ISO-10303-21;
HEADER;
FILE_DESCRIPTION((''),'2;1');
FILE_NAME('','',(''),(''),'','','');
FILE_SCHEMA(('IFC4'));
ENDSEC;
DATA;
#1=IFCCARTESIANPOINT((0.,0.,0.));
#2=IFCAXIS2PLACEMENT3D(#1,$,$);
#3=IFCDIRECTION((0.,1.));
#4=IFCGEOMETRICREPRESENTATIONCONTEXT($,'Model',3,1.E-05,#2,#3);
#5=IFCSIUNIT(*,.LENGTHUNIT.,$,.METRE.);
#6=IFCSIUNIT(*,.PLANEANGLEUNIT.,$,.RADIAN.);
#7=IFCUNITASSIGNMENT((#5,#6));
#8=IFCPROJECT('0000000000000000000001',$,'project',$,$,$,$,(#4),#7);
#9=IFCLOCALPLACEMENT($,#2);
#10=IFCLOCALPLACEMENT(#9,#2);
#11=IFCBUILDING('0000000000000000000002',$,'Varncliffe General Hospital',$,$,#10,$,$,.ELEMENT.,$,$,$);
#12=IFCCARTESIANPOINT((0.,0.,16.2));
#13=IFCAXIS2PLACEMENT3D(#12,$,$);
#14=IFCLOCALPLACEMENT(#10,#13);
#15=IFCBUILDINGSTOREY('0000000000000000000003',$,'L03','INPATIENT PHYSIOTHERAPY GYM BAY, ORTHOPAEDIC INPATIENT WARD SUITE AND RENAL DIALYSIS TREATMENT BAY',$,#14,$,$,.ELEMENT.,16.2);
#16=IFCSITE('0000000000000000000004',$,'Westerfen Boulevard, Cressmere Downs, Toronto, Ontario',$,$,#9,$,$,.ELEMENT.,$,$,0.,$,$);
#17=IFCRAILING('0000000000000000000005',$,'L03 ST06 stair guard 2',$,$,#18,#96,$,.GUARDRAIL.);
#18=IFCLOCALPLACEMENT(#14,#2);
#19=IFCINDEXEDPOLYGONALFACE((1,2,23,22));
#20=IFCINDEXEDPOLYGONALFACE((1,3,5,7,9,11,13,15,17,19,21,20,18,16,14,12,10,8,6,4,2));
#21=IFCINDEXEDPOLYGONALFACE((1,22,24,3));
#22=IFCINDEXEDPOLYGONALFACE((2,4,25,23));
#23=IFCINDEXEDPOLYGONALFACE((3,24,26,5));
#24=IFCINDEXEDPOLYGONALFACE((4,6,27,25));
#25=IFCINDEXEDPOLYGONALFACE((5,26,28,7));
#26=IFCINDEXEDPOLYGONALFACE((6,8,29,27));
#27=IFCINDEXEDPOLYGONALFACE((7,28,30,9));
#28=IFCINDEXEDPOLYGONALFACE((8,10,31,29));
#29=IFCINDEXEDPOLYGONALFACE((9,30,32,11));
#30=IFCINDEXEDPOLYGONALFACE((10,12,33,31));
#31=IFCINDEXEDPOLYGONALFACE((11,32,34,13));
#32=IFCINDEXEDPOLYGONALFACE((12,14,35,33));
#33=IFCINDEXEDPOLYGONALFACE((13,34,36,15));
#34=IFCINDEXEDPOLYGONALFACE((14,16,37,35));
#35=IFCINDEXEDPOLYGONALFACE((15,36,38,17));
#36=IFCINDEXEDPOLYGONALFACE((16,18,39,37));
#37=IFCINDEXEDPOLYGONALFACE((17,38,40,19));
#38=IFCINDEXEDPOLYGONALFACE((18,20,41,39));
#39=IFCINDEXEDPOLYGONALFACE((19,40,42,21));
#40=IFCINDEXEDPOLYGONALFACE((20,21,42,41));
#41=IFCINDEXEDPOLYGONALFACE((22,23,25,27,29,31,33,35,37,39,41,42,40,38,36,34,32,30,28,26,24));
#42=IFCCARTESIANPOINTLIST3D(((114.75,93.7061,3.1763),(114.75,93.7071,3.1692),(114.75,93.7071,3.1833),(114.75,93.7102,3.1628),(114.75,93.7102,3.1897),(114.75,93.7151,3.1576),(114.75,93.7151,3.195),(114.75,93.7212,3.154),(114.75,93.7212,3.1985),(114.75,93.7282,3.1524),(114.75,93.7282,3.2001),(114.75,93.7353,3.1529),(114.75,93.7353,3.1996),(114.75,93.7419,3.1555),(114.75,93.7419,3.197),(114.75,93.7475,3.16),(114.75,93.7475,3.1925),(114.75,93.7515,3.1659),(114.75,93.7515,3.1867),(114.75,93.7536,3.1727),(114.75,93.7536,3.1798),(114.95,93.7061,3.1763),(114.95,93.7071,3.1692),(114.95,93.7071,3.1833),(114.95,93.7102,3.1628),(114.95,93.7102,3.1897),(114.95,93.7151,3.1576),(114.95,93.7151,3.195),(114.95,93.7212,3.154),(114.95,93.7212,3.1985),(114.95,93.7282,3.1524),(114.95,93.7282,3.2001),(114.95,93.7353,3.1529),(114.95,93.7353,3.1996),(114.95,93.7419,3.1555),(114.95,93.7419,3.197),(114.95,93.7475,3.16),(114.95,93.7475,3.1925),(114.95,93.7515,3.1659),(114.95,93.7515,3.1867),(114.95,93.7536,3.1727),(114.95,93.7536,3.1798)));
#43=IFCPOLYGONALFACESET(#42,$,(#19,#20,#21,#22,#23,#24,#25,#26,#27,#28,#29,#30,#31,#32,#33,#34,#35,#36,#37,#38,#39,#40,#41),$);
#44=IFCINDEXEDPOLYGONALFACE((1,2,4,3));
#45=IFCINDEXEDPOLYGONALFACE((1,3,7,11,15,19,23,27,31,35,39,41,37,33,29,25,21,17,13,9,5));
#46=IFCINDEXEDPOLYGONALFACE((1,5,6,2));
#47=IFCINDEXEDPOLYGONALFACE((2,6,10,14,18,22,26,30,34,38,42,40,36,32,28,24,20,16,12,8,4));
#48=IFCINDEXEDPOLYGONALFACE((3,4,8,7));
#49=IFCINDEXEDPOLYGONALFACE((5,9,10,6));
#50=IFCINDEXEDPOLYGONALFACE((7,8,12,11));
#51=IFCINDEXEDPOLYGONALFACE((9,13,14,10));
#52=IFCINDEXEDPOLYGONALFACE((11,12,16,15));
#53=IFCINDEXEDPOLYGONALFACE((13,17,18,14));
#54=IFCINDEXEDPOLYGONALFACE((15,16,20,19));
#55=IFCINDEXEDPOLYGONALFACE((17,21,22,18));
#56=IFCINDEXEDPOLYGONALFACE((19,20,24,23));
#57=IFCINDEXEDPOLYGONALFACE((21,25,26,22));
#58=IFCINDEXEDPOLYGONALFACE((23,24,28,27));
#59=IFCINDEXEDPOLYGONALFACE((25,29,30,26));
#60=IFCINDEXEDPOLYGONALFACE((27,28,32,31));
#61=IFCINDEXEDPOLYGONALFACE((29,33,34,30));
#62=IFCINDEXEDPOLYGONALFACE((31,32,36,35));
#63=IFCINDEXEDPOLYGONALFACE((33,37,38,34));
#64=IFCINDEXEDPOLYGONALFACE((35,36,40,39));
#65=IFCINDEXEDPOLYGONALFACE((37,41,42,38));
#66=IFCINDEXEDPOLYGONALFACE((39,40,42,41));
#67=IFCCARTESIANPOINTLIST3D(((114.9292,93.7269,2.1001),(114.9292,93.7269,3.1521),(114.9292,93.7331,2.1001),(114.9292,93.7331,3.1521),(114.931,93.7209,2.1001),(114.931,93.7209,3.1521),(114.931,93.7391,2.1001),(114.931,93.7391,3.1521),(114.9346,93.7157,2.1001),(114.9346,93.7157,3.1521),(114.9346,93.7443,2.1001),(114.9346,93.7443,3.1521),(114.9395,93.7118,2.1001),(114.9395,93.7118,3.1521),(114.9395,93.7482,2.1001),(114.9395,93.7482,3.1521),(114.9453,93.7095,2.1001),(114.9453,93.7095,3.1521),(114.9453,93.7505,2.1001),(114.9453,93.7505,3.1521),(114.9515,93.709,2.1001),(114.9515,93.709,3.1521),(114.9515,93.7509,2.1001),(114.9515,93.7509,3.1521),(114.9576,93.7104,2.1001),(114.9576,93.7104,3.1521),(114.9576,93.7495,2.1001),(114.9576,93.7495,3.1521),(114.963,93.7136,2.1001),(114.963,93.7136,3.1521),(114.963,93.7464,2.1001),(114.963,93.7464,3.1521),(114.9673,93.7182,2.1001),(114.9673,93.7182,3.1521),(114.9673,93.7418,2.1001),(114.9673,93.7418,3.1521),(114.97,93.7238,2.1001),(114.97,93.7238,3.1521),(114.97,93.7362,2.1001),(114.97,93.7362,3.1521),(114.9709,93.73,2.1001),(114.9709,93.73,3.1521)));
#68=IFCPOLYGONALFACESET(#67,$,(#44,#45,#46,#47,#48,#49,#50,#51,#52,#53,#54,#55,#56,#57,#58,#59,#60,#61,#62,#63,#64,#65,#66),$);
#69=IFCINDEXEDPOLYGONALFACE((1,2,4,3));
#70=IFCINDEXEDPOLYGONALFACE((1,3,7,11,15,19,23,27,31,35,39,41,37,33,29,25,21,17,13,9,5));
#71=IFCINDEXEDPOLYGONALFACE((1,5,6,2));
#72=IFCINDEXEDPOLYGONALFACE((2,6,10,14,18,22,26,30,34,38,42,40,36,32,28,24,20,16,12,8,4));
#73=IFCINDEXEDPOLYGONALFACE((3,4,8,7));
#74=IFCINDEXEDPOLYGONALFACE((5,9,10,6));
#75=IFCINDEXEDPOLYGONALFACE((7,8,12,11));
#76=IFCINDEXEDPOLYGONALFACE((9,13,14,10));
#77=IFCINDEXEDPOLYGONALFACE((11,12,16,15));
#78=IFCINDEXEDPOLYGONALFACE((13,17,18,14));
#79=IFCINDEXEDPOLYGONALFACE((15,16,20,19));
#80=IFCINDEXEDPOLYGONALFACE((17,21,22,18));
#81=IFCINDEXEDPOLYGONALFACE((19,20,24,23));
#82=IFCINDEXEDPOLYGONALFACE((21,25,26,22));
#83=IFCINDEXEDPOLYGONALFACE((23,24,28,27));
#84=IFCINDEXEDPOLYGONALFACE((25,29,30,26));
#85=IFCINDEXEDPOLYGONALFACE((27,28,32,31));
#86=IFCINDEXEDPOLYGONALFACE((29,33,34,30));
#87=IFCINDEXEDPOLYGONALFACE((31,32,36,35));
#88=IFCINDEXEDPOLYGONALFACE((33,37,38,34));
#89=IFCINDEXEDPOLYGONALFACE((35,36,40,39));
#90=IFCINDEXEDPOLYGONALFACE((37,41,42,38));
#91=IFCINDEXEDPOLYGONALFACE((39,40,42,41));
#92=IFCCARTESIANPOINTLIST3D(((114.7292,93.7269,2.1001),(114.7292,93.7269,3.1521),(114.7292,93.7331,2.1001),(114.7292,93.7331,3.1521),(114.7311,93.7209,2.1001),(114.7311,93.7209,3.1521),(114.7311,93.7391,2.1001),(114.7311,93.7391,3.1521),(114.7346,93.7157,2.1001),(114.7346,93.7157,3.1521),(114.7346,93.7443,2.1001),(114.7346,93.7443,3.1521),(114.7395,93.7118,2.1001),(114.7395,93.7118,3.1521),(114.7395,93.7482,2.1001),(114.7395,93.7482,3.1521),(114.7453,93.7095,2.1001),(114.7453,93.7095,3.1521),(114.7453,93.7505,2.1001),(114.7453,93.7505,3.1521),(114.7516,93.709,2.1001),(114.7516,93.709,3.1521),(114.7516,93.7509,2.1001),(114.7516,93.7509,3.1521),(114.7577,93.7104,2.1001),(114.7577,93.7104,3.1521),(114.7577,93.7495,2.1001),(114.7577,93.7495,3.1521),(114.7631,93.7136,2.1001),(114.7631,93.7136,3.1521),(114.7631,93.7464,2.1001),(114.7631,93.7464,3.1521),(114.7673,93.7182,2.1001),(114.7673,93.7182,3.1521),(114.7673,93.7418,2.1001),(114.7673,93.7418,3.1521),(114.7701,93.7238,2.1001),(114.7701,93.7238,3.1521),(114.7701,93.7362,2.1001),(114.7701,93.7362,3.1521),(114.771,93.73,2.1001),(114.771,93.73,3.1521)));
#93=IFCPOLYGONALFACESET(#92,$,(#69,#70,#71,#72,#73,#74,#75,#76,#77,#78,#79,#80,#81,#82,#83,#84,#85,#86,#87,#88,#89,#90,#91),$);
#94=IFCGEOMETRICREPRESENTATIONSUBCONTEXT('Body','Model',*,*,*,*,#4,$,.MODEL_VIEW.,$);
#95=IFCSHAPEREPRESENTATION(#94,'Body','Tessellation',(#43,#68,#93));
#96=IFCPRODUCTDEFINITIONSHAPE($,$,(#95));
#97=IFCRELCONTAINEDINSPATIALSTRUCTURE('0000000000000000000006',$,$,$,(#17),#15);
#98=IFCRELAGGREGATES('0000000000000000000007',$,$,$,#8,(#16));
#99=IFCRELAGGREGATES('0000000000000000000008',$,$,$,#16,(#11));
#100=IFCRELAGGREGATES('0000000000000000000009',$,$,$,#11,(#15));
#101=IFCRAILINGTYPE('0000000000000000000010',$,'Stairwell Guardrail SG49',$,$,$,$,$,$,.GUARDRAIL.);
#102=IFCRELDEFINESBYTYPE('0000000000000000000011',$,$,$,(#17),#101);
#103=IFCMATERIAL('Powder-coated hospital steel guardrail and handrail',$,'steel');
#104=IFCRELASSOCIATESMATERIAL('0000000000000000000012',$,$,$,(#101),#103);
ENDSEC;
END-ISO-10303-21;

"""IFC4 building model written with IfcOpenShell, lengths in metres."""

from ifc_helpers import new_model, si_unit, direction, frame, origin, origin_2d, place, context, subcontext, project, spatial, circle, extrude, material, type_object, element, save


model = new_model("IFC4")

# Units and contexts
model_context = context("Model", 3, precision=1e-05, world=origin(), true_north=direction((0.0, 1.0)))
body_context = subcontext(model_context, "Body", "Model", "MODEL_VIEW")
ifc_project = project(units=[si_unit("LENGTHUNIT", "METRE"), si_unit("PLANEANGLEUNIT", "RADIAN")], contexts=[model_context])

# Site, building, storey
site_placement = place(None, origin())
site = spatial("IfcSite", under=ifc_project, at=site_placement, Name="Westerfen Boulevard, Cressmere Downs, Toronto, Ontario", CompositionType="ELEMENT", RefElevation=0.0)
building_placement = place(site_placement, origin())
building = spatial("IfcBuilding", under=site, at=building_placement, Name="Varncliffe General Hospital", CompositionType="ELEMENT")
storey_placement = place(building_placement, frame((0.0, 0.0, 16.2)))
storey = spatial("IfcBuildingStorey", under=building, at=storey_placement, Name="L03", Description="INPATIENT PHYSIOTHERAPY GYM BAY, ORTHOPAEDIC INPATIENT WARD SUITE AND RENAL DIALYSIS TREATMENT BAY", CompositionType="ELEMENT", Elevation=16.2)

# Railing
ifc_material_1 = material(Name="Powder-coated hospital steel guardrail and handrail", Category="steel")
railing_type_1 = type_object("IfcRailingType", Name="Stairwell Guardrail SG49", PredefinedType="GUARDRAIL", material=ifc_material_1)
railing_1_placement = place(storey_placement, frame((114.95, 93.73, 2.1001)))
element("IfcRailing", 1, at=railing_1_placement, inside=storey, type_object=railing_type_1, Name="L03 ST06 stair guard 2", PredefinedType="GUARDRAIL", context=body_context, shape_type="SweptSolid", body=[
    extrude(circle(Radius=0.0239, at=origin_2d()), frame((0.0, 0.0, 1.0762), z_axis=(-1.0, 0.0, 0.0), x_axis=(0.0, -1.0, 0.0)), (0.0, 0.0, 1.0), 0.2),
    extrude(circle(Radius=0.021, at=origin_2d()), origin(), (0.0, 0.0, 1.0), 1.052),
    extrude(circle(Radius=0.021, at=origin_2d()), frame((-0.2, 0.0, 0.0)), (0.0, 0.0, 1.0), 1.052),
])

save(model, "model.ifc")
